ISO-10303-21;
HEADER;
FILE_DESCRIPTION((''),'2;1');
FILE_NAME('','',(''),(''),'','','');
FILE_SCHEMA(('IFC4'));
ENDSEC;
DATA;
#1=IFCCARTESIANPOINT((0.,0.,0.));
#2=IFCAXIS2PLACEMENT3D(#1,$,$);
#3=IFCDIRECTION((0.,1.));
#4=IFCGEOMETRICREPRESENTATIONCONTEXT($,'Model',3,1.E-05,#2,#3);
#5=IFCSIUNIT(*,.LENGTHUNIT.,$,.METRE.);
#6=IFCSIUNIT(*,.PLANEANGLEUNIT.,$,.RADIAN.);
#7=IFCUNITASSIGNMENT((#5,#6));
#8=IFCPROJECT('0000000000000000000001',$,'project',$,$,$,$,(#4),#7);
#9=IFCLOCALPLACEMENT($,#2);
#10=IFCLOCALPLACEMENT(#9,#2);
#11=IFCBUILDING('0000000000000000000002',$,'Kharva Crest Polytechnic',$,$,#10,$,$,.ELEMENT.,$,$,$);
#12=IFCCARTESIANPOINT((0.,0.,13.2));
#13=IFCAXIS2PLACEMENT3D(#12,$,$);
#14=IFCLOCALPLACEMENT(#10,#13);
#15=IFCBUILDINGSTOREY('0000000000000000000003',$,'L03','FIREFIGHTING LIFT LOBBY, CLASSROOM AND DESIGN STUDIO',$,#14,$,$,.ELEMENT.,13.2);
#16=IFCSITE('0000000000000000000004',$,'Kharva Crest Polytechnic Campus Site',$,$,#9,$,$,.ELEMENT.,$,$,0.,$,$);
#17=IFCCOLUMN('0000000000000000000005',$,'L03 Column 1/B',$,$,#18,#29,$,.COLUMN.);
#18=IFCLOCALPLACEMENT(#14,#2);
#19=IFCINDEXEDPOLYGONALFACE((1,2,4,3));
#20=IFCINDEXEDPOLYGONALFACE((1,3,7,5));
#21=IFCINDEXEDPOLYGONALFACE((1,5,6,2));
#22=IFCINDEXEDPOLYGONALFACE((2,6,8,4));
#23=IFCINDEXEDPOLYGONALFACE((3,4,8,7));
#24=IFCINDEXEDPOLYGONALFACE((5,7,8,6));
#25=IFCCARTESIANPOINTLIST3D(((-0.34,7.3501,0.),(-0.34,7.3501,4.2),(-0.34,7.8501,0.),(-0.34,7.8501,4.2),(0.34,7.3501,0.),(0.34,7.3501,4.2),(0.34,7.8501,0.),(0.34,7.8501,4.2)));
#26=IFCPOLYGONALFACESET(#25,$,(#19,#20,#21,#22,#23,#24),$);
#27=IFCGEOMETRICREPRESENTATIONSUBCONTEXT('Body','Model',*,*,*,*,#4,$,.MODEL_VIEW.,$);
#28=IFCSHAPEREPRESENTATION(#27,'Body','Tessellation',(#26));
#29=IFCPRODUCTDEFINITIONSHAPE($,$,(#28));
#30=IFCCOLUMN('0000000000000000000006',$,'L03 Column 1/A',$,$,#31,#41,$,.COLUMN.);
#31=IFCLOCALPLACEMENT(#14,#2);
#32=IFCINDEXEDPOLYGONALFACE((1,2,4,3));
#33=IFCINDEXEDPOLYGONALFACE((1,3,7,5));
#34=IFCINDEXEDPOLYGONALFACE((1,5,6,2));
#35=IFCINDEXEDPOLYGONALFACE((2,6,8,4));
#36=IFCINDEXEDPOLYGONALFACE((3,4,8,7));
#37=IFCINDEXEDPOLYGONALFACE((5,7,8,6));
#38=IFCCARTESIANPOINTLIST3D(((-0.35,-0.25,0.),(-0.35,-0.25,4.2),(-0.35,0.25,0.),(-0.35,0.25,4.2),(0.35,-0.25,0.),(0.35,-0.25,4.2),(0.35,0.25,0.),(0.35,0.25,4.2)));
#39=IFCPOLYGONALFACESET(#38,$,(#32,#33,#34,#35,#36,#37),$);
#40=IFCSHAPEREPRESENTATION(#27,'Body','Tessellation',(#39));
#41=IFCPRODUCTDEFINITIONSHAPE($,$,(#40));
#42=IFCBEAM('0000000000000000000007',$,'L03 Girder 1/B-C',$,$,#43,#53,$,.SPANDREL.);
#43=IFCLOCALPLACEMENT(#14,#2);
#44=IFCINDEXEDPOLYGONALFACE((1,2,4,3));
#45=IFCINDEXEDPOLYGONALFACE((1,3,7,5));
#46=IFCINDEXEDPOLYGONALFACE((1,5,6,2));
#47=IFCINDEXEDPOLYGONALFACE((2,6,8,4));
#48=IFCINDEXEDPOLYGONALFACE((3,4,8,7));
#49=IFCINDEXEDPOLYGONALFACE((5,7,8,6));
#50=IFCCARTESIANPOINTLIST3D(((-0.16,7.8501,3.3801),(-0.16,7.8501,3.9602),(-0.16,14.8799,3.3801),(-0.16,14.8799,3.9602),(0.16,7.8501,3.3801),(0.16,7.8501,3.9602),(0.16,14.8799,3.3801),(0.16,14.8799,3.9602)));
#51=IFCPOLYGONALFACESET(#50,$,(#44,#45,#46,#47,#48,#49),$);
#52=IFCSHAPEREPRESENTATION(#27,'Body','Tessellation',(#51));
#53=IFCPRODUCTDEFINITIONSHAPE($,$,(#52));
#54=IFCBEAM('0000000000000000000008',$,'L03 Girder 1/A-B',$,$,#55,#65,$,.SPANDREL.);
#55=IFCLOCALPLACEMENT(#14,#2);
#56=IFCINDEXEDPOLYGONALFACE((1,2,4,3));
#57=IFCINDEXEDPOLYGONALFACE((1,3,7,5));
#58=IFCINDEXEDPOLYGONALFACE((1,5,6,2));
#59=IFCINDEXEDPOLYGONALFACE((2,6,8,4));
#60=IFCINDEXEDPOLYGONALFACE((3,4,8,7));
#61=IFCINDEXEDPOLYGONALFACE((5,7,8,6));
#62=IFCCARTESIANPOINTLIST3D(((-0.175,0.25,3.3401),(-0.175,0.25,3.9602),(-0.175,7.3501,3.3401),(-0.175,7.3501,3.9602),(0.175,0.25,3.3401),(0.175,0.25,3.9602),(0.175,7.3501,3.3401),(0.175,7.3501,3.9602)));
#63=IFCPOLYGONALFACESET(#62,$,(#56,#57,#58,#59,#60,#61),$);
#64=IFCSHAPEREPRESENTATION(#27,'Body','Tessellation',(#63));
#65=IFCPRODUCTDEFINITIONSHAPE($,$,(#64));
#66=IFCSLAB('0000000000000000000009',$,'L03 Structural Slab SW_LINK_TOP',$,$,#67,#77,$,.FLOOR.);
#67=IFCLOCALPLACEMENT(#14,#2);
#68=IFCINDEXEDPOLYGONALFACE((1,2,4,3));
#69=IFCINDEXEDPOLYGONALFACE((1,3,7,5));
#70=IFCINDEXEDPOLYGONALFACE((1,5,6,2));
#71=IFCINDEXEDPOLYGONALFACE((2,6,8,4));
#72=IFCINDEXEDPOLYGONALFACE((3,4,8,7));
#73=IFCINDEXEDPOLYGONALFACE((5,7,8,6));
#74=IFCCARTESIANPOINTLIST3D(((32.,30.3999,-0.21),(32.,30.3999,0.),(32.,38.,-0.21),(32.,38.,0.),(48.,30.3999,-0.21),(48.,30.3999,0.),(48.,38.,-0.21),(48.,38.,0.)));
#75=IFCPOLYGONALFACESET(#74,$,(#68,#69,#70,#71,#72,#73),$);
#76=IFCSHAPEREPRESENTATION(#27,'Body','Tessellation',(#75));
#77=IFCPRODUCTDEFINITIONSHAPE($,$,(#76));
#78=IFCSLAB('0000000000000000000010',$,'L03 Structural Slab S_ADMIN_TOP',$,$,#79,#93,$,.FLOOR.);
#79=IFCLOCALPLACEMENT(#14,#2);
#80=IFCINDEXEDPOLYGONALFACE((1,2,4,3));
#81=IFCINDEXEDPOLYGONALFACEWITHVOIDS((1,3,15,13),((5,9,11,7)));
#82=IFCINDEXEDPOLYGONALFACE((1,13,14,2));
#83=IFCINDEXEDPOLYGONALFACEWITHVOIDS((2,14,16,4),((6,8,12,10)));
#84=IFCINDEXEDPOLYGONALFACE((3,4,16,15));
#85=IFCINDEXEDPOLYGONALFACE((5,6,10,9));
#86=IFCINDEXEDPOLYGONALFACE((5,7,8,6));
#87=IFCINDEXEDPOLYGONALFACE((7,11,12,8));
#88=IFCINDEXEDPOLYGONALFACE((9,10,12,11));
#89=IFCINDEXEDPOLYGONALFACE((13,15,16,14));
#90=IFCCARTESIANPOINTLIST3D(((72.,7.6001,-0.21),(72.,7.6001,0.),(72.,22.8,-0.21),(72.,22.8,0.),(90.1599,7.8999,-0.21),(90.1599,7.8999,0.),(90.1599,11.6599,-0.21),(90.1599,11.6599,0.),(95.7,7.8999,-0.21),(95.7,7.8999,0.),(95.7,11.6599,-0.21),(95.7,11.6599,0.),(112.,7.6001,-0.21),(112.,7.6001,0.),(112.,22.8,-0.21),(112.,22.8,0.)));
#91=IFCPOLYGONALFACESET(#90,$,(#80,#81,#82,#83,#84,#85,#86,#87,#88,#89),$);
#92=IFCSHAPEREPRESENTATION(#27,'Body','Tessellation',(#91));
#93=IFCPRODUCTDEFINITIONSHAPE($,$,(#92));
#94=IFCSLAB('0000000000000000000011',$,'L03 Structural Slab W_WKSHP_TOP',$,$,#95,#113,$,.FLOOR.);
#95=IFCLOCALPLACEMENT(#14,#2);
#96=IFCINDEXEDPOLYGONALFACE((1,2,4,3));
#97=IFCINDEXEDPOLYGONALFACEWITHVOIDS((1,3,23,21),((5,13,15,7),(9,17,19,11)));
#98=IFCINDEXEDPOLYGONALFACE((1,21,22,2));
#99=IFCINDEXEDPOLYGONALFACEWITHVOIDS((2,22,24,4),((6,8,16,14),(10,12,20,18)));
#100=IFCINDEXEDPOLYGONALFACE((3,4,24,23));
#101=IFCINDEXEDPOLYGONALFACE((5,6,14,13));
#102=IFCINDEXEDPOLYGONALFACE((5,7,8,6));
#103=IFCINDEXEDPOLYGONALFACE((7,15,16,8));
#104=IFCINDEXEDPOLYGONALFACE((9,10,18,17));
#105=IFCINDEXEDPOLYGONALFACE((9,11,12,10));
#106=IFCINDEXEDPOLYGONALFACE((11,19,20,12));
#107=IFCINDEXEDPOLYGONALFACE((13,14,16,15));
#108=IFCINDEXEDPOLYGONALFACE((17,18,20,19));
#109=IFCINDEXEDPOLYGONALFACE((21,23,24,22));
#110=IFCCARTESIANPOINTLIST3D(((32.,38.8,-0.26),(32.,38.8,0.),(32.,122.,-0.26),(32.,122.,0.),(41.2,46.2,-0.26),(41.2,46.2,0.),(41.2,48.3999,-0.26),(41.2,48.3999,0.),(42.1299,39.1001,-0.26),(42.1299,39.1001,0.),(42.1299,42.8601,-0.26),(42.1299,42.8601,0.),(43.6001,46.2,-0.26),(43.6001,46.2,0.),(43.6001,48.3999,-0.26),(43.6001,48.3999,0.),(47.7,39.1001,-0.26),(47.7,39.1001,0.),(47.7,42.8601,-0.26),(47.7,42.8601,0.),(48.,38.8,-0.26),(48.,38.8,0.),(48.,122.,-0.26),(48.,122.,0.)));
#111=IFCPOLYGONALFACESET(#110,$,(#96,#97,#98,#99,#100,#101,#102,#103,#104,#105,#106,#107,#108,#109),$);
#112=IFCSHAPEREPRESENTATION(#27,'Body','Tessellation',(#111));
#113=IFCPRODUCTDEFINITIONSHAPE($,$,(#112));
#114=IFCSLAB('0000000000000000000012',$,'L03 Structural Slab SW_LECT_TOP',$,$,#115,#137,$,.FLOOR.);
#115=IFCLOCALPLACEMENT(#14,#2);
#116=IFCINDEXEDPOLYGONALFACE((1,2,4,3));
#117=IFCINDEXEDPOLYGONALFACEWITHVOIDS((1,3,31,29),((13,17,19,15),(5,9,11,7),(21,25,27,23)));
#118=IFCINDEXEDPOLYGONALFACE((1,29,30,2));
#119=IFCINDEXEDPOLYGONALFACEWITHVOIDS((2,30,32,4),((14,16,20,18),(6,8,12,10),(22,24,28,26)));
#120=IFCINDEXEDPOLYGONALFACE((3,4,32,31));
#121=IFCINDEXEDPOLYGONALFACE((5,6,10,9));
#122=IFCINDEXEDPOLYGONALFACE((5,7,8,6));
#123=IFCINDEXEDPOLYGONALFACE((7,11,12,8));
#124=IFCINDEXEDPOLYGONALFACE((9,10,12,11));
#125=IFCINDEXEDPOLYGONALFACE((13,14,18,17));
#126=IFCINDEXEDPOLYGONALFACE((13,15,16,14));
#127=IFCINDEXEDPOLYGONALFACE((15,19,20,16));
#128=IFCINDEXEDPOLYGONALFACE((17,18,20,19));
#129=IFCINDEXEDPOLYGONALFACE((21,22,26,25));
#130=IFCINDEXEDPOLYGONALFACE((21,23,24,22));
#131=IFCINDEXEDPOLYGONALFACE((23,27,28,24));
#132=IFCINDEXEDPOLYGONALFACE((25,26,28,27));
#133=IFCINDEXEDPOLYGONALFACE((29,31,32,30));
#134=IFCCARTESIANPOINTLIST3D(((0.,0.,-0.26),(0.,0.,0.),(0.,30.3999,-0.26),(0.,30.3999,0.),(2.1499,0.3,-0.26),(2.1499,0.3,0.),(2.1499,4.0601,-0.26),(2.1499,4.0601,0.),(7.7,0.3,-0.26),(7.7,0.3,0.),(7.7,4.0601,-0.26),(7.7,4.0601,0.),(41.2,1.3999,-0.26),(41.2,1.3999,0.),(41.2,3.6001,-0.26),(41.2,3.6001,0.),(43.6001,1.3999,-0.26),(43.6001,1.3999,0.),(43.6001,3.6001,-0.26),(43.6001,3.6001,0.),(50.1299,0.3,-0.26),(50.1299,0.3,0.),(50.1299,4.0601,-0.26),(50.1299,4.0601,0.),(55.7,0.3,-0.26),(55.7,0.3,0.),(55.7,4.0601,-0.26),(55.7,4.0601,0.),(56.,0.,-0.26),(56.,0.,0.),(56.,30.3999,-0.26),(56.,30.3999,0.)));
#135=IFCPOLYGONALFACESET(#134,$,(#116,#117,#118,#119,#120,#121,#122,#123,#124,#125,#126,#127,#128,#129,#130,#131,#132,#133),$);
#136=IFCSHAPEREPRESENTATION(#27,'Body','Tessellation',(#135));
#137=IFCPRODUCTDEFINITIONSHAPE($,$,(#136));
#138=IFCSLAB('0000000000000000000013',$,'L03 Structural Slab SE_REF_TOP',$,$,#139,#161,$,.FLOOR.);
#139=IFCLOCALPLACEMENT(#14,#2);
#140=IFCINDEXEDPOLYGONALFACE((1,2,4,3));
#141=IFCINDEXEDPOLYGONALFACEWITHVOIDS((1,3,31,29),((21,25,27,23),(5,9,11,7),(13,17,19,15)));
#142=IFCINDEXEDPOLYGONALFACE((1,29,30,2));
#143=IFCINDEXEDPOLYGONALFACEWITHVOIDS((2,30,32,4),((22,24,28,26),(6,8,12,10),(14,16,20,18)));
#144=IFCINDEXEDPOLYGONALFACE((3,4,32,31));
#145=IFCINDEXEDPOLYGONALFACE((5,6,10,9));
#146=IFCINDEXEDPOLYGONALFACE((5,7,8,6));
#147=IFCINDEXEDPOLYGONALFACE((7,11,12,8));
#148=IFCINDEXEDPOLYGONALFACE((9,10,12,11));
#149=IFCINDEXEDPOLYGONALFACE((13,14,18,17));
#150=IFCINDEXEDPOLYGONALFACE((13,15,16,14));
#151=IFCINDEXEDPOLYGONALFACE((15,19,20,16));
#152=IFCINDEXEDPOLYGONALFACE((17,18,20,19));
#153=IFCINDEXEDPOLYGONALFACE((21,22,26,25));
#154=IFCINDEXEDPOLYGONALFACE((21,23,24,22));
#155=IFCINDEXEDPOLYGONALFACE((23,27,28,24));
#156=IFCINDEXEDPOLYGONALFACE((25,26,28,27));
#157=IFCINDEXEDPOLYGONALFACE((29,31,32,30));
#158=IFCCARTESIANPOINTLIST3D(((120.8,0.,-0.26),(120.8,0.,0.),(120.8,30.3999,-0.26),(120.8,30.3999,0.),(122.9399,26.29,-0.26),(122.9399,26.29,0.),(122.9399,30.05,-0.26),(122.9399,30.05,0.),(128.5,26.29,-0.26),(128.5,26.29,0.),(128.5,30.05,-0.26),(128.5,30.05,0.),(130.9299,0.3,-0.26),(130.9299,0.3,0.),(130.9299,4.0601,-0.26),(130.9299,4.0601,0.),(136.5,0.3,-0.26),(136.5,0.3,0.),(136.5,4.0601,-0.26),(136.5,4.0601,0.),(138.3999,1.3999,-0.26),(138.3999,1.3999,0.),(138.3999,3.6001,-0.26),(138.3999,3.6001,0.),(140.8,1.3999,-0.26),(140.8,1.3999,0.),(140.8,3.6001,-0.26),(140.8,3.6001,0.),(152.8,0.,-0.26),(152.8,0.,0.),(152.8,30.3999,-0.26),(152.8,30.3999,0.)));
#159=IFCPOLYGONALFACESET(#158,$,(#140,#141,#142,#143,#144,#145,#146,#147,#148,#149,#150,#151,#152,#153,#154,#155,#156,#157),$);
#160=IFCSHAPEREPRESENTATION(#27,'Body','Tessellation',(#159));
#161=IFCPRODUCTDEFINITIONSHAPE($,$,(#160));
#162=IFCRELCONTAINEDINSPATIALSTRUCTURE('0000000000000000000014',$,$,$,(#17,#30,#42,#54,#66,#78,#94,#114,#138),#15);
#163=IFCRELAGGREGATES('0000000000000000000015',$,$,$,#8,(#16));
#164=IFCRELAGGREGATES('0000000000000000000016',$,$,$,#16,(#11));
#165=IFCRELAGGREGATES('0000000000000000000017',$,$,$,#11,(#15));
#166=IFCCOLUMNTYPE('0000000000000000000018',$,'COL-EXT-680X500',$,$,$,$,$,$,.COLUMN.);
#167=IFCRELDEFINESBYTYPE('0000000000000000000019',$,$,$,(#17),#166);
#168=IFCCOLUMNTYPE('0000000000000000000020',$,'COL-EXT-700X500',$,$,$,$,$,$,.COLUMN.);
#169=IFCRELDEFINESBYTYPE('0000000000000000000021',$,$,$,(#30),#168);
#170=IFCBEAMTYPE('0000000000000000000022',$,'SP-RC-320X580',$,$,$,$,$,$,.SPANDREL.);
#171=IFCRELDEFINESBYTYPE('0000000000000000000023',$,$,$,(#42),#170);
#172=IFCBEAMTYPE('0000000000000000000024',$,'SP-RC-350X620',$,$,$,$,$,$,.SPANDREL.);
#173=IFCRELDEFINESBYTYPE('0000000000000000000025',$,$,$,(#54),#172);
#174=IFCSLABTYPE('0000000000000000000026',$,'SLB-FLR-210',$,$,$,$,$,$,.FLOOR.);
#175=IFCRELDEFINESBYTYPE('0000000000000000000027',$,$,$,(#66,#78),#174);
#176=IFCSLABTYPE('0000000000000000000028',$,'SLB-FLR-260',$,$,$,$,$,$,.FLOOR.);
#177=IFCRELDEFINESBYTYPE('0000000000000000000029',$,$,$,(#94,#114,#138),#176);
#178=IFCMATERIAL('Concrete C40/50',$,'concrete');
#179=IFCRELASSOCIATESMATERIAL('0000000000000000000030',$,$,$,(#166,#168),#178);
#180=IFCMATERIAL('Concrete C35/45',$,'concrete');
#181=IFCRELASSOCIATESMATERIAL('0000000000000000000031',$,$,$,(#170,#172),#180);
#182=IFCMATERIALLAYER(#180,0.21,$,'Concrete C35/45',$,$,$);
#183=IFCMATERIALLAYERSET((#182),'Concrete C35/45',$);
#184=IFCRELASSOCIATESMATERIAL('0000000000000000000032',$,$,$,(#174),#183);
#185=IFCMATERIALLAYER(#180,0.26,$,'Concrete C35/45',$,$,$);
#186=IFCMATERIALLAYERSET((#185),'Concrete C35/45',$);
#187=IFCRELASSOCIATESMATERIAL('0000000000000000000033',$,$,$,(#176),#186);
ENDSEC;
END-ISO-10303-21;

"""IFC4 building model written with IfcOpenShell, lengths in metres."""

from ifc_helpers import new_model, si_unit, direction, frame, origin, origin_with_axes, origin_2d, place, context, subcontext, project, spatial, polyline, rectangle, outline, extrude, material, layer, layer_set, material_profile, profile_set, type_object, element, save


model = new_model("IFC4")

# Units and contexts
model_context = context("Model", 3, precision=1e-05, world=origin(), true_north=direction((0.0, 1.0)))
body_context = subcontext(model_context, "Body", "Model", "MODEL_VIEW")
ifc_project = project(units=[si_unit("LENGTHUNIT", "METRE"), si_unit("PLANEANGLEUNIT", "RADIAN")], contexts=[model_context])

# Site, building, storey
site_placement = place(None, origin())
site = spatial("IfcSite", under=ifc_project, at=site_placement, Name="Kharva Crest Polytechnic Campus Site", CompositionType="ELEMENT", RefElevation=0.0)
building_placement = place(site_placement, origin())
building = spatial("IfcBuilding", under=site, at=building_placement, Name="Kharva Crest Polytechnic", CompositionType="ELEMENT")
storey_placement = place(building_placement, frame((0.0, 0.0, 13.2)))
storey = spatial("IfcBuildingStorey", under=building, at=storey_placement, Name="L03", Description="FIREFIGHTING LIFT LOBBY, CLASSROOM AND DESIGN STUDIO", CompositionType="ELEMENT", Elevation=13.2)

# Columns
ifc_material_1 = material(Name="Concrete C40/50", Category="concrete")
ifc_material_profile_1 = material_profile(ifc_material_1, rectangle(XDim=0.6799, YDim=0.5, at=origin_2d()), Name="RECT 680 X 500")
ifc_profile_set_1 = profile_set([ifc_material_profile_1], Name="Concrete C40/50")
column_type_1 = type_object("IfcColumnType", Name="COL-EXT-680X500", PredefinedType="COLUMN", material=ifc_profile_set_1)
column_1_placement = place(storey_placement, frame((0.0, 7.6001, 0.0), z_axis=(0.0, 0.0, 1.0), x_axis=(1.0, 0.0, 0.0)))
element("IfcColumn", 1, at=column_1_placement, inside=storey, type_object=column_type_1, Name="L03 Column 1/B", PredefinedType="COLUMN", context=body_context, shape_type="SweptSolid", body=[
    extrude(rectangle(XDim=0.6799, YDim=0.5, at=origin_2d()), origin(), (0.0, 0.0, 1.0), 4.2),
])
ifc_material_profile_2 = material_profile(ifc_material_1, rectangle(XDim=0.7, YDim=0.5, at=origin_2d()), Name="RECT 700 X 500")
ifc_profile_set_2 = profile_set([ifc_material_profile_2], Name="Concrete C40/50")
column_type_2 = type_object("IfcColumnType", Name="COL-EXT-700X500", PredefinedType="COLUMN", material=ifc_profile_set_2)
column_2_placement = place(storey_placement, origin_with_axes())
element("IfcColumn", 2, at=column_2_placement, inside=storey, type_object=column_type_2, Name="L03 Column 1/A", PredefinedType="COLUMN", context=body_context, shape_type="SweptSolid", body=[
    extrude(rectangle(XDim=0.7, YDim=0.5, at=origin_2d()), origin(), (0.0, 0.0, 1.0), 4.2),
])

# Beams
ifc_material_2 = material(Name="Concrete C35/45", Category="concrete")
ifc_material_profile_3 = material_profile(ifc_material_2, rectangle(XDim=0.3201, YDim=0.5801, at=origin_2d()), Name="RECT 320 X 580")
ifc_profile_set_3 = profile_set([ifc_material_profile_3], Name="Concrete C35/45")
beam_type_1 = type_object("IfcBeamType", Name="SP-RC-320X580", PredefinedType="SPANDREL", material=ifc_profile_set_3)
beam_1_placement = place(storey_placement, frame((0.0, 7.8501, 3.6702), z_axis=(0.0, 1.0, 0.0), x_axis=(-1.0, 0.0, 0.0)))
element("IfcBeam", 3, at=beam_1_placement, inside=storey, type_object=beam_type_1, Name="L03 Girder 1/B-C", PredefinedType="SPANDREL", context=body_context, shape_type="SweptSolid", body=[
    extrude(rectangle(XDim=0.3201, YDim=0.5801, at=origin_2d()), origin(), (0.0, 0.0, 1.0), 7.0298),
])
ifc_material_profile_4 = material_profile(ifc_material_2, rectangle(XDim=0.3501, YDim=0.6201, at=origin_2d()), Name="RECT 350 X 620")
ifc_profile_set_4 = profile_set([ifc_material_profile_4], Name="Concrete C35/45")
beam_type_2 = type_object("IfcBeamType", Name="SP-RC-350X620", PredefinedType="SPANDREL", material=ifc_profile_set_4)
beam_2_placement = place(storey_placement, frame((0.0, 0.25, 3.6501), z_axis=(0.0, 1.0, 0.0), x_axis=(-1.0, 0.0, 0.0)))
element("IfcBeam", 4, at=beam_2_placement, inside=storey, type_object=beam_type_2, Name="L03 Girder 1/A-B", PredefinedType="SPANDREL", context=body_context, shape_type="SweptSolid", body=[
    extrude(rectangle(XDim=0.3501, YDim=0.6201, at=origin_2d()), origin(), (0.0, 0.0, 1.0), 7.1001),
])

# Slabs
ifc_layer_1 = layer(ifc_material_2, 0.21, Name="Concrete C35/45")
ifc_layer_set_1 = layer_set([ifc_layer_1], Name="Concrete C35/45")
slab_type_1 = type_object("IfcSlabType", Name="SLB-FLR-210", PredefinedType="FLOOR", material=ifc_layer_set_1)
slab_1_placement = place(storey_placement, frame((0.0, 0.0, -0.21)))
element("IfcSlab", 5, at=slab_1_placement, inside=storey, type_object=slab_type_1, Name="L03 Structural Slab SW_LINK_TOP", PredefinedType="FLOOR", context=body_context, shape_type="SweptSolid", body=[
    extrude(outline(polyline([(32.0, 30.3999), (48.0, 30.3999), (48.0, 38.0), (32.0, 38.0), (32.0, 30.3999)])), origin(), (0.0, 0.0, 1.0), 0.21),
])
slab_2_placement = place(storey_placement, frame((0.0, 0.0, -0.21)))
element("IfcSlab", 6, at=slab_2_placement, inside=storey, type_object=slab_type_1, Name="L03 Structural Slab S_ADMIN_TOP", PredefinedType="FLOOR", context=body_context, shape_type="SweptSolid", body=[
    extrude(outline(polyline([(72.0, 7.6001), (112.0, 7.6001), (112.0, 22.8), (72.0, 22.8), (72.0, 7.6001)]), holes=[polyline([(90.1599, 7.8999), (95.7, 7.8999), (95.7, 11.6599), (90.1599, 11.6599), (90.1599, 7.8999)])]), origin(), (0.0, 0.0, 1.0), 0.21),
])
ifc_layer_2 = layer(ifc_material_2, 0.26, Name="Concrete C35/45")
ifc_layer_set_2 = layer_set([ifc_layer_2], Name="Concrete C35/45")
slab_type_2 = type_object("IfcSlabType", Name="SLB-FLR-260", PredefinedType="FLOOR", material=ifc_layer_set_2)
slab_3_placement = place(storey_placement, frame((0.0, 0.0, -0.26)))
element("IfcSlab", 7, at=slab_3_placement, inside=storey, type_object=slab_type_2, Name="L03 Structural Slab W_WKSHP_TOP", PredefinedType="FLOOR", context=body_context, shape_type="SweptSolid", body=[
    extrude(outline(polyline([(32.0, 38.8), (48.0, 38.8), (48.0, 122.0), (32.0, 122.0), (32.0, 38.8)]), holes=[polyline([(42.1299, 39.1001), (47.7, 39.1001), (47.7, 42.8601), (42.1299, 42.8601), (42.1299, 39.1001)]), polyline([(41.2, 46.2), (43.6001, 46.2), (43.6001, 48.3999), (41.2, 48.3999), (41.2, 46.2)])]), origin(), (0.0, 0.0, 1.0), 0.26),
])
slab_4_placement = place(storey_placement, frame((0.0, 0.0, -0.26)))
element("IfcSlab", 8, at=slab_4_placement, inside=storey, type_object=slab_type_2, Name="L03 Structural Slab SW_LECT_TOP", PredefinedType="FLOOR", context=body_context, shape_type="SweptSolid", body=[
    extrude(outline(polyline([(0.0, 0.0), (56.0, 0.0), (56.0, 30.3999), (0.0, 30.3999), (0.0, 0.0)]), holes=[polyline([(50.1299, 0.3), (55.7, 0.3), (55.7, 4.0601), (50.1299, 4.0601), (50.1299, 0.3)]), polyline([(41.2, 1.3999), (43.6001, 1.3999), (43.6001, 3.6001), (41.2, 3.6001), (41.2, 1.3999)]), polyline([(2.1499, 0.3), (7.7, 0.3), (7.7, 4.0601), (2.1499, 4.0601), (2.1499, 0.3)])]), origin(), (0.0, 0.0, 1.0), 0.26),
])
slab_5_placement = place(storey_placement, frame((0.0, 0.0, -0.26)))
element("IfcSlab", 9, at=slab_5_placement, inside=storey, type_object=slab_type_2, Name="L03 Structural Slab SE_REF_TOP", PredefinedType="FLOOR", context=body_context, shape_type="SweptSolid", body=[
    extrude(outline(polyline([(120.8, 0.0), (152.8, 0.0), (152.8, 30.3999), (120.8, 30.3999), (120.8, 0.0)]), holes=[polyline([(130.9299, 0.3), (136.5, 0.3), (136.5, 4.0601), (130.9299, 4.0601), (130.9299, 0.3)]), polyline([(138.3999, 1.3999), (140.8, 1.3999), (140.8, 3.6001), (138.3999, 3.6001), (138.3999, 1.3999)]), polyline([(122.9399, 26.29), (128.5, 26.29), (128.5, 30.05), (122.9399, 30.05), (122.9399, 26.29)])]), origin(), (0.0, 0.0, 1.0), 0.26),
])

save(model, "model.ifc")
